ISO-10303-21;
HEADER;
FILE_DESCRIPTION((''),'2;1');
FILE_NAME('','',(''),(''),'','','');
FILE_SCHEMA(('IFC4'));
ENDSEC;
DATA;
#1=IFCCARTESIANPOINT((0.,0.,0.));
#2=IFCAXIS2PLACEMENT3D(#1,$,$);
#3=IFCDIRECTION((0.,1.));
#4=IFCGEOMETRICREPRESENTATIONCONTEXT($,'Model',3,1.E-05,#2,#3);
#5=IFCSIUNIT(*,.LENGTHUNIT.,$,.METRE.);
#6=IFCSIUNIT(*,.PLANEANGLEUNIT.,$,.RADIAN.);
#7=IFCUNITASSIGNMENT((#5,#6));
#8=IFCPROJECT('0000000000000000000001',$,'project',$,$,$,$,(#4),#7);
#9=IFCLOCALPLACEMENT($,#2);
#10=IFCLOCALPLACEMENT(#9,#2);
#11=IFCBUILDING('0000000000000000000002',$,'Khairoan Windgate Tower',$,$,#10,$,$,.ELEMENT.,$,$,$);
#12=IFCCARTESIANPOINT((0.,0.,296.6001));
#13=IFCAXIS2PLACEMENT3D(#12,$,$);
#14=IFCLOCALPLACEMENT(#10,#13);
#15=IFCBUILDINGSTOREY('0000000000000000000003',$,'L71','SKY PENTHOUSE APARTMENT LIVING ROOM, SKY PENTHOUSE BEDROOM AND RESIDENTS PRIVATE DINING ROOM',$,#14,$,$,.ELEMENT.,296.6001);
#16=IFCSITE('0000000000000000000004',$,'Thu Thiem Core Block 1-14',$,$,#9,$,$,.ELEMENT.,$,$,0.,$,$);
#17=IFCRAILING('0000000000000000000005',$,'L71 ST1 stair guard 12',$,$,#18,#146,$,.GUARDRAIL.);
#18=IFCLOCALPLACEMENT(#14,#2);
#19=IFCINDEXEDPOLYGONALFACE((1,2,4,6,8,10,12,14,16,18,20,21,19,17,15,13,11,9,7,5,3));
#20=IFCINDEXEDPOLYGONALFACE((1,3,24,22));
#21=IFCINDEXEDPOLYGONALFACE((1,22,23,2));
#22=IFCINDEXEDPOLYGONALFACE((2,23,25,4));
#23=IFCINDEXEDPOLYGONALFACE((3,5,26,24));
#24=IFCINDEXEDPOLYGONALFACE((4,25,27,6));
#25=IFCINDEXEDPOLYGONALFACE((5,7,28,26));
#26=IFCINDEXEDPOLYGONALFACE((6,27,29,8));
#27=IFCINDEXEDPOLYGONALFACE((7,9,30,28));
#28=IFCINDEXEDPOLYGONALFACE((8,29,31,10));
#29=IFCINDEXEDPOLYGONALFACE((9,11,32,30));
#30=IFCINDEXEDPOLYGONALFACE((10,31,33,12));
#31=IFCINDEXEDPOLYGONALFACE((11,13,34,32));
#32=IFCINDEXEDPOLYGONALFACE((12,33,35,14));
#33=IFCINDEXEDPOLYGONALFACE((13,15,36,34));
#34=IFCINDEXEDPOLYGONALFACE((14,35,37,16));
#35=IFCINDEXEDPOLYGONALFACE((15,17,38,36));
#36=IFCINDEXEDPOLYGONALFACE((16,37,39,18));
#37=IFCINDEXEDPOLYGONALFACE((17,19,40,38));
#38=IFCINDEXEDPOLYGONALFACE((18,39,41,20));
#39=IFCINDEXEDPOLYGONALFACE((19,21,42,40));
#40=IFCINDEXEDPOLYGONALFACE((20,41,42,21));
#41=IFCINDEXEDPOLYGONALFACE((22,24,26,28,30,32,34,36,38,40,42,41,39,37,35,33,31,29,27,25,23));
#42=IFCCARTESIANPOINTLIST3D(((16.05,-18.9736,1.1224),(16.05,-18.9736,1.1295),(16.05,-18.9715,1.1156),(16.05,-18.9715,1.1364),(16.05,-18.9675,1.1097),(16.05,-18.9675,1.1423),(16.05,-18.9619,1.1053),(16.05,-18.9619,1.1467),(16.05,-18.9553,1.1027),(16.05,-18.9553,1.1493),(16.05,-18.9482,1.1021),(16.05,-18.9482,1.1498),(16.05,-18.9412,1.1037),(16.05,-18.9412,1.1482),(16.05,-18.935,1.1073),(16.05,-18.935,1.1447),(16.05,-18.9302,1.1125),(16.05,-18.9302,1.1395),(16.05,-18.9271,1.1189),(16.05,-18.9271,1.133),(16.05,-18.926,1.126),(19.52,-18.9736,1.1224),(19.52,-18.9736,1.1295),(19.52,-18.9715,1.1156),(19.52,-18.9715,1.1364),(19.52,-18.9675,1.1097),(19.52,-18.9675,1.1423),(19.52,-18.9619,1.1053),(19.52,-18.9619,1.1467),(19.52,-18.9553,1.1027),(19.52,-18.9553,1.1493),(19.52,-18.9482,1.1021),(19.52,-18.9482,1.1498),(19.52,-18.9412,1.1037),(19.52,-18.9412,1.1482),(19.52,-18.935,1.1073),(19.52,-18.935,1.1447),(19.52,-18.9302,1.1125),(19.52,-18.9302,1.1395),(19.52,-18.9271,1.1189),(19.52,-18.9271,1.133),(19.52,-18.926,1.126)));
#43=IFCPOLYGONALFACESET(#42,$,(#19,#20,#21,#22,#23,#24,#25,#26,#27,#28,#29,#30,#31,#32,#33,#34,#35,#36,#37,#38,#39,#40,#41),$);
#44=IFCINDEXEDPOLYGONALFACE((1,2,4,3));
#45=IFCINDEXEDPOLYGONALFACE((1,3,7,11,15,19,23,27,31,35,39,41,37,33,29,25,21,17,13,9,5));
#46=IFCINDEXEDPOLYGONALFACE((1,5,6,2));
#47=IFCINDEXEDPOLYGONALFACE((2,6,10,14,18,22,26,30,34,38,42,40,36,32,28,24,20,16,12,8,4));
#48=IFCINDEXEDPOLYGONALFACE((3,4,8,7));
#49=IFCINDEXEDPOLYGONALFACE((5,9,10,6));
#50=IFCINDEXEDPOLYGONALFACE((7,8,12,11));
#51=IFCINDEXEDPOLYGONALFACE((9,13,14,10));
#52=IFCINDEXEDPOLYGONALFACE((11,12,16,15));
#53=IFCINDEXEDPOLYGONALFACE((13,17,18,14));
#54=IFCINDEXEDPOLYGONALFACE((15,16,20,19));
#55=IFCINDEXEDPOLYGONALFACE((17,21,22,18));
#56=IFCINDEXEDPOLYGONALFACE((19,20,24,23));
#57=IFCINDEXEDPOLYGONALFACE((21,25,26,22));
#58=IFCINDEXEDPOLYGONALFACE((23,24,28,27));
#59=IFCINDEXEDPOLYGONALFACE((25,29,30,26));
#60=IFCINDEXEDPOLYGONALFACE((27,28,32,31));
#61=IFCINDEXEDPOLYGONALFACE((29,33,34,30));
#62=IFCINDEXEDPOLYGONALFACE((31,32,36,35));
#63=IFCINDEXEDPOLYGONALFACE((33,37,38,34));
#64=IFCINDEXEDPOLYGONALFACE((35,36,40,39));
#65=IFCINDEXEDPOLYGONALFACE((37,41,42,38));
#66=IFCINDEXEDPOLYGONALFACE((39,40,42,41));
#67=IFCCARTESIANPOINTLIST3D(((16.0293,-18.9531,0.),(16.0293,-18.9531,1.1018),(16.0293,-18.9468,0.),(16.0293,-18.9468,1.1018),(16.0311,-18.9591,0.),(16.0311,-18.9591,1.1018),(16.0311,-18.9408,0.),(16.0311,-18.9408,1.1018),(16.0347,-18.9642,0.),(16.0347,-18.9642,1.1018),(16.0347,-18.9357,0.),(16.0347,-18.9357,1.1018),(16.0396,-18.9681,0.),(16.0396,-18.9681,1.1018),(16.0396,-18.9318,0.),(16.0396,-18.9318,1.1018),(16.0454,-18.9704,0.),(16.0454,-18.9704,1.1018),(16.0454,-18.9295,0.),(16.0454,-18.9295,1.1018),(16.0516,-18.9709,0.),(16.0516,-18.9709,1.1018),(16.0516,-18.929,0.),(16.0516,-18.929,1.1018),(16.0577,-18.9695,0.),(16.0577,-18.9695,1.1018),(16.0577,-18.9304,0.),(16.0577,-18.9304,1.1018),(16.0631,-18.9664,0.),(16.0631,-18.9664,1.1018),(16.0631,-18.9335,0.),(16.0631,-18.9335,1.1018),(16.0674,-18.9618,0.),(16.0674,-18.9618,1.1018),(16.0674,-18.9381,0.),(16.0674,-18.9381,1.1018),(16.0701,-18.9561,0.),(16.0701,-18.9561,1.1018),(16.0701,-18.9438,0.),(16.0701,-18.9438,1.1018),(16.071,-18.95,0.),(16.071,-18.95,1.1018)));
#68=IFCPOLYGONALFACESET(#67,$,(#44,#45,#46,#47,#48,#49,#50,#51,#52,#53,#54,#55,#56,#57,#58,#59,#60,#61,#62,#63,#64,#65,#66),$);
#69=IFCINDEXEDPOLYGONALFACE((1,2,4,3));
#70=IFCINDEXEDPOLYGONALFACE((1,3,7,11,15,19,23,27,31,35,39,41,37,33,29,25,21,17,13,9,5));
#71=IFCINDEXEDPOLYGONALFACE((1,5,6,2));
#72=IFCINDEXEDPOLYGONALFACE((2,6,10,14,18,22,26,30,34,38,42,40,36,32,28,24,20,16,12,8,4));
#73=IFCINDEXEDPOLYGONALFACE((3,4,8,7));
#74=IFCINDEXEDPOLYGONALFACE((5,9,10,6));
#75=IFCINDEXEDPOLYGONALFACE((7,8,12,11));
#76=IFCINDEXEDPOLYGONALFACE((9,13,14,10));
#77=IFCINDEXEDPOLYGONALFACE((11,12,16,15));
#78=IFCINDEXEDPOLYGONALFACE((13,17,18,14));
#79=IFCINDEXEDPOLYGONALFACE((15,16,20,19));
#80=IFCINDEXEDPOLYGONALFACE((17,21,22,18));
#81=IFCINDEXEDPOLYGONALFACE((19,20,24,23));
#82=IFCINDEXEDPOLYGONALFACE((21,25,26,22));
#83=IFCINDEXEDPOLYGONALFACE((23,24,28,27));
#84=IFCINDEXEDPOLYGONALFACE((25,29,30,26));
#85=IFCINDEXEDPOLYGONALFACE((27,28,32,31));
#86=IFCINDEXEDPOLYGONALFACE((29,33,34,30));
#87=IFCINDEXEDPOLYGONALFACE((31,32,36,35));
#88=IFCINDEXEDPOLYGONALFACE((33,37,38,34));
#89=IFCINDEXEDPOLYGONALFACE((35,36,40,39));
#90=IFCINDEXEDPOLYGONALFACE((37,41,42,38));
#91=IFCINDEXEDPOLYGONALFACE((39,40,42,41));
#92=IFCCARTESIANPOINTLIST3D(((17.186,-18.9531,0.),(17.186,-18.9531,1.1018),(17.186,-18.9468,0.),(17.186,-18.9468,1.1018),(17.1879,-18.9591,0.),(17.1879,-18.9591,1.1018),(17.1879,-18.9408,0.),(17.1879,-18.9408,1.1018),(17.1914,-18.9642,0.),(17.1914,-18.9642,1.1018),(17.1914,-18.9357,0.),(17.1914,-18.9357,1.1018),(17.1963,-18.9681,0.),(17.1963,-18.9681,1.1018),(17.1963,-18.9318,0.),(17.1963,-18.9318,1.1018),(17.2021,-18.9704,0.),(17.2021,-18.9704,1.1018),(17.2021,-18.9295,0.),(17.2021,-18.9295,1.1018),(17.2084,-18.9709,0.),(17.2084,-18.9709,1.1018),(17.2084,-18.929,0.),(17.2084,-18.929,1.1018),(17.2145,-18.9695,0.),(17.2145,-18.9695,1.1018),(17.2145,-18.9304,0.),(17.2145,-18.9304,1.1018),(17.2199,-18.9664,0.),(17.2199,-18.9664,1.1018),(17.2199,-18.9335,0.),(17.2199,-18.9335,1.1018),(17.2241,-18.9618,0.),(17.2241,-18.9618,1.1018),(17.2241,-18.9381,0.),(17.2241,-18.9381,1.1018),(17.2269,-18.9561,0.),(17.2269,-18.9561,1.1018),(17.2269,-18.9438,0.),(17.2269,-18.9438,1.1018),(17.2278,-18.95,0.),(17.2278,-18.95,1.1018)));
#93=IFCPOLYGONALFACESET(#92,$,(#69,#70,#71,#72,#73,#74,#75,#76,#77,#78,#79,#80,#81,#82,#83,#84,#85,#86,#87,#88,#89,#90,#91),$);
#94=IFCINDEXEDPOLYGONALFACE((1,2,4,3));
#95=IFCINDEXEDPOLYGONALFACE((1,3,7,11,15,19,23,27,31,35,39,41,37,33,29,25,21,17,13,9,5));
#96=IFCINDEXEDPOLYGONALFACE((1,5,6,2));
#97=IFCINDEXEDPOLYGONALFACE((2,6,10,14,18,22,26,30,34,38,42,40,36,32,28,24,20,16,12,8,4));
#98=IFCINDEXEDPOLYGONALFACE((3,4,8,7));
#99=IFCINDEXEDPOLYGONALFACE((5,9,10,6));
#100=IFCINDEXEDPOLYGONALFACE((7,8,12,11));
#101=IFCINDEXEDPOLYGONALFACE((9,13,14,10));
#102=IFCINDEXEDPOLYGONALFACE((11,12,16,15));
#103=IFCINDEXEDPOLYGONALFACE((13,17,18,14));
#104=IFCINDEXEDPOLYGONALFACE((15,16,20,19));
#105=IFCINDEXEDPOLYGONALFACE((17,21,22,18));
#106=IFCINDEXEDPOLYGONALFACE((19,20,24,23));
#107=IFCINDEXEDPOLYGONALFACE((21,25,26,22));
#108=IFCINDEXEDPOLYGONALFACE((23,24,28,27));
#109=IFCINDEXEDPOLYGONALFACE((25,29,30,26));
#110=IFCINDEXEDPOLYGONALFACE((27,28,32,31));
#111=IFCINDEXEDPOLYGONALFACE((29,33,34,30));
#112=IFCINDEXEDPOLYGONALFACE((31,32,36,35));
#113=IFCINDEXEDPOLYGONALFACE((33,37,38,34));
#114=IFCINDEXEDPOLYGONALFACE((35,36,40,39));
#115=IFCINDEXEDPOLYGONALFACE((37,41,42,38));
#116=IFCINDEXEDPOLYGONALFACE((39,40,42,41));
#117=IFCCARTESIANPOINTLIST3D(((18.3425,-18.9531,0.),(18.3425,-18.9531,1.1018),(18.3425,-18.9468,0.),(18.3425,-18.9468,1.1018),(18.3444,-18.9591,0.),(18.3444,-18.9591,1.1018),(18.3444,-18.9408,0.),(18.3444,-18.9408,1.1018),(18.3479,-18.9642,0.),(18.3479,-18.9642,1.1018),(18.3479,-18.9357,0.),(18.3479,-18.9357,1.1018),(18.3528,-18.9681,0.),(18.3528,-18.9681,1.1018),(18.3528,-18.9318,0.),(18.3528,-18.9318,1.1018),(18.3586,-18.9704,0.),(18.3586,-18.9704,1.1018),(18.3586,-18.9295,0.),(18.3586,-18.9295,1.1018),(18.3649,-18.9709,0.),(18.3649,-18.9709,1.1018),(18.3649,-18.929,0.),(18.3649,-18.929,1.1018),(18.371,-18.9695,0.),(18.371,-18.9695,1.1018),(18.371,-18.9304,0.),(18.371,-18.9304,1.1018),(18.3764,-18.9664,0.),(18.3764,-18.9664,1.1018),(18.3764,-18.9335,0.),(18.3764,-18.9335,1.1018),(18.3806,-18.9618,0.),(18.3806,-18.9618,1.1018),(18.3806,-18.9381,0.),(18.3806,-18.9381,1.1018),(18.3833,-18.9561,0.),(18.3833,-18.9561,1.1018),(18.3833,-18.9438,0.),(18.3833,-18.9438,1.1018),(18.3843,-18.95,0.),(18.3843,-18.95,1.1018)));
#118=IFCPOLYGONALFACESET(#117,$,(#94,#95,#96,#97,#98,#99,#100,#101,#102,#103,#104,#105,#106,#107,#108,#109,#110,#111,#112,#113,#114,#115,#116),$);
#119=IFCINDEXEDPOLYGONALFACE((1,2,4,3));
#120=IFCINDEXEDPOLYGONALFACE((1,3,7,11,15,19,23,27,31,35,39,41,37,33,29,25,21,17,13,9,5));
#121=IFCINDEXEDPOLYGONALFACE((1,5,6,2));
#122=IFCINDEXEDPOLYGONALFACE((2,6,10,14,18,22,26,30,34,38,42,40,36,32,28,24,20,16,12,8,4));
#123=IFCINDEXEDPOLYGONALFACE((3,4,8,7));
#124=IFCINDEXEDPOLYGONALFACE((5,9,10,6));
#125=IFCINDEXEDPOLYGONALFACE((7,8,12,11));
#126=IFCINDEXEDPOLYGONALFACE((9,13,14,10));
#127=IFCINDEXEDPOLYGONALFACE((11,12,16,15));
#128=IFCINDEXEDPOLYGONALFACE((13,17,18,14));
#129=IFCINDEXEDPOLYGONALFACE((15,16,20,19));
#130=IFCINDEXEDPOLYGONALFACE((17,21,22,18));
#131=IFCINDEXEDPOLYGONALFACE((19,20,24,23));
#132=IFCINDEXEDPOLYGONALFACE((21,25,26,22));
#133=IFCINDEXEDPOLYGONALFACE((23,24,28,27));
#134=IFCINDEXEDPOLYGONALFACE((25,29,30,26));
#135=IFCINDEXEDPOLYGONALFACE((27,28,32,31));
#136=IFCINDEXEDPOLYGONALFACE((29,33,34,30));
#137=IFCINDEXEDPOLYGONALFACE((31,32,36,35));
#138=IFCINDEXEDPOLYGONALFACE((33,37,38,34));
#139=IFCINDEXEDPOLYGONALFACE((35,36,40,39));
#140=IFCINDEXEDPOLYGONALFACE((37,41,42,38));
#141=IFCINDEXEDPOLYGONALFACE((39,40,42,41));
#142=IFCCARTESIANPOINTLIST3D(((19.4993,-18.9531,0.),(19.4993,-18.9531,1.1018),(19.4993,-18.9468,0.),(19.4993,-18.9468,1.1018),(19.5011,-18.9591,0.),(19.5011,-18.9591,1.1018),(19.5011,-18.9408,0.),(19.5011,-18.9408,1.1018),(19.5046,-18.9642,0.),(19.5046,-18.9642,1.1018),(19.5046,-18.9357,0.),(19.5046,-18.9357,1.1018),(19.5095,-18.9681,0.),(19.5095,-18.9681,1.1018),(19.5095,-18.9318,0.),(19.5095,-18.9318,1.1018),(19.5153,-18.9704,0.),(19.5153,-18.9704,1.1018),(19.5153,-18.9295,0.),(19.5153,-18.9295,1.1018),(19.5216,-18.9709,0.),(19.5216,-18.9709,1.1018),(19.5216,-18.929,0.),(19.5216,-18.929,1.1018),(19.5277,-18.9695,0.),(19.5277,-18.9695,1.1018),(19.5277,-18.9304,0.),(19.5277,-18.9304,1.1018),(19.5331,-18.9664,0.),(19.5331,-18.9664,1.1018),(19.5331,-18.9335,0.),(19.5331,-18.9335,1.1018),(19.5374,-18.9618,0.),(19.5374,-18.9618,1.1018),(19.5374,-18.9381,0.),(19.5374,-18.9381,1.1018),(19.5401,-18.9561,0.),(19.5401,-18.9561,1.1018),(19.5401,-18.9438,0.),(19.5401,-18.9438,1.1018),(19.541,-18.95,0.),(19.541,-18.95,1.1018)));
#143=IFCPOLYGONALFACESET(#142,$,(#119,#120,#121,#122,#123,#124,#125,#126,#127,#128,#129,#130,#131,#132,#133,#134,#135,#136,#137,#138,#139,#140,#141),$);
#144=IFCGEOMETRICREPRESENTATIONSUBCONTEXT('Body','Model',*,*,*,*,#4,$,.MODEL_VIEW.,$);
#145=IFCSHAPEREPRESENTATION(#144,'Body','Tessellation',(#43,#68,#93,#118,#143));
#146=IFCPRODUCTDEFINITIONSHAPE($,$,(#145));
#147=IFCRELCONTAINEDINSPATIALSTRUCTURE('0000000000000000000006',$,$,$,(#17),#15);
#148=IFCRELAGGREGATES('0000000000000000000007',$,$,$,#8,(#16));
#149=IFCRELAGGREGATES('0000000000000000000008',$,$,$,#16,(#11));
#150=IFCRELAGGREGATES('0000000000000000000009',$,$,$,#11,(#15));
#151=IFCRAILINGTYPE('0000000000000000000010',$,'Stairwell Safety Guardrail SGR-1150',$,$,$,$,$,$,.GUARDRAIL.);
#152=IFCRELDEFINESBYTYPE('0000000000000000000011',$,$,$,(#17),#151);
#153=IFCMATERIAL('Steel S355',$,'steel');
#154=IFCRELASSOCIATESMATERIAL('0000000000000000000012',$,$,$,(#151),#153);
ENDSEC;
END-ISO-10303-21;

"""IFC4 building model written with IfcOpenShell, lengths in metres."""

from ifc_helpers import new_model, si_unit, direction, frame, origin, origin_2d, place, context, subcontext, project, spatial, circle, extrude, material, type_object, element, save


model = new_model("IFC4")

# Units and contexts
model_context = context("Model", 3, precision=1e-05, world=origin(), true_north=direction((0.0, 1.0)))
body_context = subcontext(model_context, "Body", "Model", "MODEL_VIEW")
ifc_project = project(units=[si_unit("LENGTHUNIT", "METRE"), si_unit("PLANEANGLEUNIT", "RADIAN")], contexts=[model_context])

# Site, building, storey
site_placement = place(None, origin())
site = spatial("IfcSite", under=ifc_project, at=site_placement, Name="Thu Thiem Core Block 1-14", CompositionType="ELEMENT", RefElevation=0.0)
building_placement = place(site_placement, origin())
building = spatial("IfcBuilding", under=site, at=building_placement, Name="Khairoan Windgate Tower", CompositionType="ELEMENT")
storey_placement = place(building_placement, frame((0.0, 0.0, 296.6001)))
storey = spatial("IfcBuildingStorey", under=building, at=storey_placement, Name="L71", Description="SKY PENTHOUSE APARTMENT LIVING ROOM, SKY PENTHOUSE BEDROOM AND RESIDENTS PRIVATE DINING ROOM", CompositionType="ELEMENT", Elevation=296.6001)

# Railing
ifc_material_1 = material(Name="Steel S355", Category="steel")
railing_type = type_object("IfcRailingType", Name="Stairwell Safety Guardrail SGR-1150", PredefinedType="GUARDRAIL", material=ifc_material_1)
railing_1_placement = place(storey_placement, frame((16.05, -18.95, 0.0)))
element("IfcRailing", 1, at=railing_1_placement, inside=storey, type_object=railing_type, Name="L71 ST1 stair guard 12", PredefinedType="GUARDRAIL", context=body_context, shape_type="SweptSolid", body=[
    extrude(circle(Radius=0.0239, at=origin_2d()), frame((0.0, 0.0, 1.126), z_axis=(1.0, 0.0, 0.0), x_axis=(0.0, 1.0, 0.0)), (0.0, 0.0, 1.0), 3.47),
    extrude(circle(Radius=0.021, at=origin_2d()), origin(), (0.0, 0.0, 1.0), 1.1018),
    extrude(circle(Radius=0.021, at=origin_2d()), frame((1.1567, 0.0, 0.0)), (0.0, 0.0, 1.0), 1.1018),
    extrude(circle(Radius=0.021, at=origin_2d()), frame((2.3132, 0.0, 0.0)), (0.0, 0.0, 1.0), 1.1018),
    extrude(circle(Radius=0.021, at=origin_2d()), frame((3.47, 0.0, 0.0)), (0.0, 0.0, 1.0), 1.1018),
])

save(model, "model.ifc")
